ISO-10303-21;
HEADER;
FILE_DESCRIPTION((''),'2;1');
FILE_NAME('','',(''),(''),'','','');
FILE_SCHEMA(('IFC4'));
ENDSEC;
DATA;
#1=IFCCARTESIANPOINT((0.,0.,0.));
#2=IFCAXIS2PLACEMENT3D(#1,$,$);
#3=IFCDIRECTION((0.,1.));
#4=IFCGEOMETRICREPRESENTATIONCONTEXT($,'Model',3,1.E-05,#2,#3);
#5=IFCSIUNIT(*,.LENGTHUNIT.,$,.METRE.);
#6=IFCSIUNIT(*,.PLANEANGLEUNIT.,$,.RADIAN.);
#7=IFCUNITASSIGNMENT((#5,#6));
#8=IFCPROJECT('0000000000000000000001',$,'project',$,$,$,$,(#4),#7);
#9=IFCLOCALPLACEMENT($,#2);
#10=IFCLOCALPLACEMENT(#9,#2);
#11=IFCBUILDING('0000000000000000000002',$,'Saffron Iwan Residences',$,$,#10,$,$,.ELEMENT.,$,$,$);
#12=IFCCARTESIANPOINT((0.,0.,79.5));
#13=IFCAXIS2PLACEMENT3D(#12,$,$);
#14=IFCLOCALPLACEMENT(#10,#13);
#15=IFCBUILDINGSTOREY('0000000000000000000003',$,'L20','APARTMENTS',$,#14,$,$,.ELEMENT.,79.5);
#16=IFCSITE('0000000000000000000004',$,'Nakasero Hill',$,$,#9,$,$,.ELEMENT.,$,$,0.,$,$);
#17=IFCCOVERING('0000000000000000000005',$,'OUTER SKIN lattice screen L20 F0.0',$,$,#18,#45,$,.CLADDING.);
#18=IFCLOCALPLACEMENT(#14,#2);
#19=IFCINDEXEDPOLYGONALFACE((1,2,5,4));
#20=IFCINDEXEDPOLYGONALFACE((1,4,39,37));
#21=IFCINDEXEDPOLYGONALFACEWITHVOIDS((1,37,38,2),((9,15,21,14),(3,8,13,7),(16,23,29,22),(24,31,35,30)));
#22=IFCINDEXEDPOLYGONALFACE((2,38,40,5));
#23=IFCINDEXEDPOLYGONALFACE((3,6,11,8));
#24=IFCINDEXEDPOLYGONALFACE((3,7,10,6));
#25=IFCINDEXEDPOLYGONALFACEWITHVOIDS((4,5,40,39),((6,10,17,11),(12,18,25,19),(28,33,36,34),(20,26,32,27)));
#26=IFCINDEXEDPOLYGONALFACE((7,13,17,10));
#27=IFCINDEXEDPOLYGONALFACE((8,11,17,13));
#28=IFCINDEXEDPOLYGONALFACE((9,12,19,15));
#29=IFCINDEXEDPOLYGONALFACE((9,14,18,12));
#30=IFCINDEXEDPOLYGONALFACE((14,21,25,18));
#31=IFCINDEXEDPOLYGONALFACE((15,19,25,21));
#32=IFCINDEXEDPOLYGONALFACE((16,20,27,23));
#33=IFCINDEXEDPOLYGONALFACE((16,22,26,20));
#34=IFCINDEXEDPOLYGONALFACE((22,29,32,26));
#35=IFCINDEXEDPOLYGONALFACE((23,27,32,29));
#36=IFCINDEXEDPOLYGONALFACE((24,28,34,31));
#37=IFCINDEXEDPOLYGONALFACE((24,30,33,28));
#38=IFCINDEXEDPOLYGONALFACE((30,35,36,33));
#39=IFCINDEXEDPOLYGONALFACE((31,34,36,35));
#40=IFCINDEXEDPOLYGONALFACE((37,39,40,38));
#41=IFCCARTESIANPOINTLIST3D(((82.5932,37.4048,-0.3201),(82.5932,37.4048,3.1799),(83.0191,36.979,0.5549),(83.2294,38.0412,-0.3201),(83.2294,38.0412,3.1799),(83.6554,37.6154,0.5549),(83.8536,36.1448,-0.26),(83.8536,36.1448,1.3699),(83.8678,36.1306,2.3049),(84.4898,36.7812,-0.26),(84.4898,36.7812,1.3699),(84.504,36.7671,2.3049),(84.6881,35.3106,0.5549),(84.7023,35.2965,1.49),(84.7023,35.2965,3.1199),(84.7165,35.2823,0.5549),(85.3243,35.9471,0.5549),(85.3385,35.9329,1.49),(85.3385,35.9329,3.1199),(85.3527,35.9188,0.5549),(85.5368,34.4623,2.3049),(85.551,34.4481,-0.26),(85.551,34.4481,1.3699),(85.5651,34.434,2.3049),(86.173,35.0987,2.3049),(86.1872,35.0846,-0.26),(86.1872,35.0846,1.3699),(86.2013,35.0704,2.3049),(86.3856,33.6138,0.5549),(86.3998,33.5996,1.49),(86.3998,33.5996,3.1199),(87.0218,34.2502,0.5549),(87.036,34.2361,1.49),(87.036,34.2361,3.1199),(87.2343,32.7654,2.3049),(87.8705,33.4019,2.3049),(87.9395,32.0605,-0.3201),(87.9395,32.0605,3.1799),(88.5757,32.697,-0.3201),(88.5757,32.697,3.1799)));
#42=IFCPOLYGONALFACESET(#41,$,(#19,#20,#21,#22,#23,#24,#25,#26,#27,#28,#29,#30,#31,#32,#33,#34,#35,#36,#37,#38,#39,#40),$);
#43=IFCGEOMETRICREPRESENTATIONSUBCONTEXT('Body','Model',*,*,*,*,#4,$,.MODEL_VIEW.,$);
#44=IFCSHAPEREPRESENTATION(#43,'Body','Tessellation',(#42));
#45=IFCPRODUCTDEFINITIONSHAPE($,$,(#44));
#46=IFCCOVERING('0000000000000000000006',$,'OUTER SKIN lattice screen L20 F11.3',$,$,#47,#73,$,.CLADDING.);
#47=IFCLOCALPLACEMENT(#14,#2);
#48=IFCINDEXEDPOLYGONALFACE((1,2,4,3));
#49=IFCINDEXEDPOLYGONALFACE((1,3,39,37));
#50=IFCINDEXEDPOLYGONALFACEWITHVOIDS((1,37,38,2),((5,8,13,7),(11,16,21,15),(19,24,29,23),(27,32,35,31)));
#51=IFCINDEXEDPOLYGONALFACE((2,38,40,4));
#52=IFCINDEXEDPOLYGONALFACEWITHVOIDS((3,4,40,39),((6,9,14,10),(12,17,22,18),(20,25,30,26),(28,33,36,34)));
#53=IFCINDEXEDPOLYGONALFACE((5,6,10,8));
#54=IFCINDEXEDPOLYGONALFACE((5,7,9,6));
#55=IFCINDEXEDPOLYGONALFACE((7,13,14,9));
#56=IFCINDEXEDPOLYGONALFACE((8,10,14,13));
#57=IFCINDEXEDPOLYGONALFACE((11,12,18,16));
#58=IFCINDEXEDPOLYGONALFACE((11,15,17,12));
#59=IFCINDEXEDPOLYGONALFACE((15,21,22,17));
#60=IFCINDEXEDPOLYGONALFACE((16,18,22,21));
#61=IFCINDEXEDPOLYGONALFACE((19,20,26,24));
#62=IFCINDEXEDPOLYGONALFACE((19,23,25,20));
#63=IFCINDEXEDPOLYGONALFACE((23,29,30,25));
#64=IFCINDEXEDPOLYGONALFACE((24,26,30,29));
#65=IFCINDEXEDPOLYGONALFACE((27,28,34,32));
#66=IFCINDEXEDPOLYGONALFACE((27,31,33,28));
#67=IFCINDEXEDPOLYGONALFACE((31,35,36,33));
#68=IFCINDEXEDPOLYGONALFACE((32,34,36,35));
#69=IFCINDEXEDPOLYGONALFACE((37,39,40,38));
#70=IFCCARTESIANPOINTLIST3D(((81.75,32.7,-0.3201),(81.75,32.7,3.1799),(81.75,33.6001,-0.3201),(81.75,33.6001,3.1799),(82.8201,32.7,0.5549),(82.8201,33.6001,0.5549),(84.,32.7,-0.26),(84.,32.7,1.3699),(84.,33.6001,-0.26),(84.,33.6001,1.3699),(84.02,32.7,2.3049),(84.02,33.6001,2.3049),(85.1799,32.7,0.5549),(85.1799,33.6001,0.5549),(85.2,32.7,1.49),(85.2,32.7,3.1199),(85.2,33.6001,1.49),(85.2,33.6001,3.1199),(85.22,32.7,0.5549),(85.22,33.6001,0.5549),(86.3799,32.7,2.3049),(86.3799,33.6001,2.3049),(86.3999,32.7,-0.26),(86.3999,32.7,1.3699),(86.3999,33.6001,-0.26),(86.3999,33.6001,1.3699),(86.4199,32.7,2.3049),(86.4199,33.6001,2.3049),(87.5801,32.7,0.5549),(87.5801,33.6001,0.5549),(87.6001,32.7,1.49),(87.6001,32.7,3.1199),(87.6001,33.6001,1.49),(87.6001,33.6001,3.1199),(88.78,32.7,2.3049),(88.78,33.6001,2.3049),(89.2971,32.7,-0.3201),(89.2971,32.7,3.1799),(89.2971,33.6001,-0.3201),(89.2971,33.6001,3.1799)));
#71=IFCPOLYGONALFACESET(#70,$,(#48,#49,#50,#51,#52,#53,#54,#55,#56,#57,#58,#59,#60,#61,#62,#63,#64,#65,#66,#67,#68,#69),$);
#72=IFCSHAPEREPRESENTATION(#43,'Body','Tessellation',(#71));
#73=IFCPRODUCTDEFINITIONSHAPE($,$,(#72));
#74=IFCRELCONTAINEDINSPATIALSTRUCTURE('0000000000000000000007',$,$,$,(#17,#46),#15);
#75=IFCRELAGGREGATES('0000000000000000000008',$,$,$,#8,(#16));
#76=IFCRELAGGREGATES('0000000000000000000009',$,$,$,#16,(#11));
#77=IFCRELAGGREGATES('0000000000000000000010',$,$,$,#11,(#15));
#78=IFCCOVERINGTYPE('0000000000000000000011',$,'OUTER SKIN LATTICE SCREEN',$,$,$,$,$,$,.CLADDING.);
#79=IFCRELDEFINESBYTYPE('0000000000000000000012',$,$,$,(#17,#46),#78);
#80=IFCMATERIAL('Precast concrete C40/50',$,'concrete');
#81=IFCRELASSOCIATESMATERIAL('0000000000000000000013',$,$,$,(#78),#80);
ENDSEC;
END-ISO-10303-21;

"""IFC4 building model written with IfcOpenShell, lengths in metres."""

from ifc_helpers import new_model, si_unit, direction, frame, origin, place, context, subcontext, project, spatial, polyline, outline, extrude, material, type_object, element, save


model = new_model("IFC4")

# Units and contexts
model_context = context("Model", 3, precision=1e-05, world=origin(), true_north=direction((0.0, 1.0)))
body_context = subcontext(model_context, "Body", "Model", "MODEL_VIEW")
ifc_project = project(units=[si_unit("LENGTHUNIT", "METRE"), si_unit("PLANEANGLEUNIT", "RADIAN")], contexts=[model_context])

# Site, building, storey
site_placement = place(None, origin())
site = spatial("IfcSite", under=ifc_project, at=site_placement, Name="Nakasero Hill", CompositionType="ELEMENT", RefElevation=0.0)
building_placement = place(site_placement, origin())
building = spatial("IfcBuilding", under=site, at=building_placement, Name="Saffron Iwan Residences", CompositionType="ELEMENT")
storey_placement = place(building_placement, frame((0.0, 0.0, 79.5)))
storey = spatial("IfcBuildingStorey", under=building, at=storey_placement, Name="L20", Description="APARTMENTS", CompositionType="ELEMENT", Elevation=79.5)

# Coverings
ifc_material_1 = material(Name="Precast concrete C40/50", Category="concrete")
covering_type = type_object("IfcCoveringType", Name="OUTER SKIN LATTICE SCREEN", PredefinedType="CLADDING", material=ifc_material_1)
covering_1_placement = place(storey_placement, frame((87.9395, 32.0605, -0.3201), z_axis=(0.706971, 0.707242, 0.0), x_axis=(-0.707242, 0.706971, 0.0)))
element("IfcCovering", 1, at=covering_1_placement, inside=storey, type_object=covering_type, Name="OUTER SKIN lattice screen L20 F0.0", PredefinedType="CLADDING", context=body_context, shape_type="SweptSolid", body=[
    extrude(outline(polyline([(0.0, 0.0), (7.5593, 0.0), (7.5593, 3.5), (0.0, 3.5), (0.0, 0.0)]), holes=[polyline([(2.197, 0.875), (3.3772, 0.0601), (4.5571, 0.875), (3.3772, 1.6899), (2.197, 0.875)]), polyline([(4.5972, 0.875), (5.7771, 0.0601), (6.957, 0.875), (5.7771, 1.6899), (4.5972, 0.875)]), polyline([(0.9971, 2.625), (2.177, 1.8101), (3.3572, 2.625), (2.177, 3.4399), (0.9971, 2.625)]), polyline([(3.3972, 2.625), (4.5771, 1.8101), (5.7571, 2.625), (4.5771, 3.4399), (3.3972, 2.625)])]), origin(), (0.0, 0.0, 1.0), 0.8999),
])
covering_2_placement = place(storey_placement, frame((81.75, 33.6001, -0.3201), z_axis=(0.0, -1.0, 0.0), x_axis=(1.0, 0.0, 0.0)))
element("IfcCovering", 2, at=covering_2_placement, inside=storey, type_object=covering_type, Name="OUTER SKIN lattice screen L20 F11.3", PredefinedType="CLADDING", context=body_context, shape_type="SweptSolid", body=[
    extrude(outline(polyline([(0.0, 0.0), (7.5471, 0.0), (7.5471, 3.5), (0.0, 3.5), (0.0, 0.0)]), holes=[polyline([(1.0701, 0.875), (2.25, 0.0601), (3.4299, 0.875), (2.25, 1.6899), (1.0701, 0.875)]), polyline([(3.47, 0.875), (4.6499, 0.0601), (5.8301, 0.875), (4.6499, 1.6899), (3.47, 0.875)]), polyline([(2.27, 2.625), (3.45, 1.8101), (4.6299, 2.625), (3.45, 3.4399), (2.27, 2.625)]), polyline([(4.6699, 2.625), (5.8501, 1.8101), (7.03, 2.625), (5.8501, 3.4399), (4.6699, 2.625)])]), origin(), (0.0, 0.0, 1.0), 0.9001),
])

save(model, "model.ifc")
